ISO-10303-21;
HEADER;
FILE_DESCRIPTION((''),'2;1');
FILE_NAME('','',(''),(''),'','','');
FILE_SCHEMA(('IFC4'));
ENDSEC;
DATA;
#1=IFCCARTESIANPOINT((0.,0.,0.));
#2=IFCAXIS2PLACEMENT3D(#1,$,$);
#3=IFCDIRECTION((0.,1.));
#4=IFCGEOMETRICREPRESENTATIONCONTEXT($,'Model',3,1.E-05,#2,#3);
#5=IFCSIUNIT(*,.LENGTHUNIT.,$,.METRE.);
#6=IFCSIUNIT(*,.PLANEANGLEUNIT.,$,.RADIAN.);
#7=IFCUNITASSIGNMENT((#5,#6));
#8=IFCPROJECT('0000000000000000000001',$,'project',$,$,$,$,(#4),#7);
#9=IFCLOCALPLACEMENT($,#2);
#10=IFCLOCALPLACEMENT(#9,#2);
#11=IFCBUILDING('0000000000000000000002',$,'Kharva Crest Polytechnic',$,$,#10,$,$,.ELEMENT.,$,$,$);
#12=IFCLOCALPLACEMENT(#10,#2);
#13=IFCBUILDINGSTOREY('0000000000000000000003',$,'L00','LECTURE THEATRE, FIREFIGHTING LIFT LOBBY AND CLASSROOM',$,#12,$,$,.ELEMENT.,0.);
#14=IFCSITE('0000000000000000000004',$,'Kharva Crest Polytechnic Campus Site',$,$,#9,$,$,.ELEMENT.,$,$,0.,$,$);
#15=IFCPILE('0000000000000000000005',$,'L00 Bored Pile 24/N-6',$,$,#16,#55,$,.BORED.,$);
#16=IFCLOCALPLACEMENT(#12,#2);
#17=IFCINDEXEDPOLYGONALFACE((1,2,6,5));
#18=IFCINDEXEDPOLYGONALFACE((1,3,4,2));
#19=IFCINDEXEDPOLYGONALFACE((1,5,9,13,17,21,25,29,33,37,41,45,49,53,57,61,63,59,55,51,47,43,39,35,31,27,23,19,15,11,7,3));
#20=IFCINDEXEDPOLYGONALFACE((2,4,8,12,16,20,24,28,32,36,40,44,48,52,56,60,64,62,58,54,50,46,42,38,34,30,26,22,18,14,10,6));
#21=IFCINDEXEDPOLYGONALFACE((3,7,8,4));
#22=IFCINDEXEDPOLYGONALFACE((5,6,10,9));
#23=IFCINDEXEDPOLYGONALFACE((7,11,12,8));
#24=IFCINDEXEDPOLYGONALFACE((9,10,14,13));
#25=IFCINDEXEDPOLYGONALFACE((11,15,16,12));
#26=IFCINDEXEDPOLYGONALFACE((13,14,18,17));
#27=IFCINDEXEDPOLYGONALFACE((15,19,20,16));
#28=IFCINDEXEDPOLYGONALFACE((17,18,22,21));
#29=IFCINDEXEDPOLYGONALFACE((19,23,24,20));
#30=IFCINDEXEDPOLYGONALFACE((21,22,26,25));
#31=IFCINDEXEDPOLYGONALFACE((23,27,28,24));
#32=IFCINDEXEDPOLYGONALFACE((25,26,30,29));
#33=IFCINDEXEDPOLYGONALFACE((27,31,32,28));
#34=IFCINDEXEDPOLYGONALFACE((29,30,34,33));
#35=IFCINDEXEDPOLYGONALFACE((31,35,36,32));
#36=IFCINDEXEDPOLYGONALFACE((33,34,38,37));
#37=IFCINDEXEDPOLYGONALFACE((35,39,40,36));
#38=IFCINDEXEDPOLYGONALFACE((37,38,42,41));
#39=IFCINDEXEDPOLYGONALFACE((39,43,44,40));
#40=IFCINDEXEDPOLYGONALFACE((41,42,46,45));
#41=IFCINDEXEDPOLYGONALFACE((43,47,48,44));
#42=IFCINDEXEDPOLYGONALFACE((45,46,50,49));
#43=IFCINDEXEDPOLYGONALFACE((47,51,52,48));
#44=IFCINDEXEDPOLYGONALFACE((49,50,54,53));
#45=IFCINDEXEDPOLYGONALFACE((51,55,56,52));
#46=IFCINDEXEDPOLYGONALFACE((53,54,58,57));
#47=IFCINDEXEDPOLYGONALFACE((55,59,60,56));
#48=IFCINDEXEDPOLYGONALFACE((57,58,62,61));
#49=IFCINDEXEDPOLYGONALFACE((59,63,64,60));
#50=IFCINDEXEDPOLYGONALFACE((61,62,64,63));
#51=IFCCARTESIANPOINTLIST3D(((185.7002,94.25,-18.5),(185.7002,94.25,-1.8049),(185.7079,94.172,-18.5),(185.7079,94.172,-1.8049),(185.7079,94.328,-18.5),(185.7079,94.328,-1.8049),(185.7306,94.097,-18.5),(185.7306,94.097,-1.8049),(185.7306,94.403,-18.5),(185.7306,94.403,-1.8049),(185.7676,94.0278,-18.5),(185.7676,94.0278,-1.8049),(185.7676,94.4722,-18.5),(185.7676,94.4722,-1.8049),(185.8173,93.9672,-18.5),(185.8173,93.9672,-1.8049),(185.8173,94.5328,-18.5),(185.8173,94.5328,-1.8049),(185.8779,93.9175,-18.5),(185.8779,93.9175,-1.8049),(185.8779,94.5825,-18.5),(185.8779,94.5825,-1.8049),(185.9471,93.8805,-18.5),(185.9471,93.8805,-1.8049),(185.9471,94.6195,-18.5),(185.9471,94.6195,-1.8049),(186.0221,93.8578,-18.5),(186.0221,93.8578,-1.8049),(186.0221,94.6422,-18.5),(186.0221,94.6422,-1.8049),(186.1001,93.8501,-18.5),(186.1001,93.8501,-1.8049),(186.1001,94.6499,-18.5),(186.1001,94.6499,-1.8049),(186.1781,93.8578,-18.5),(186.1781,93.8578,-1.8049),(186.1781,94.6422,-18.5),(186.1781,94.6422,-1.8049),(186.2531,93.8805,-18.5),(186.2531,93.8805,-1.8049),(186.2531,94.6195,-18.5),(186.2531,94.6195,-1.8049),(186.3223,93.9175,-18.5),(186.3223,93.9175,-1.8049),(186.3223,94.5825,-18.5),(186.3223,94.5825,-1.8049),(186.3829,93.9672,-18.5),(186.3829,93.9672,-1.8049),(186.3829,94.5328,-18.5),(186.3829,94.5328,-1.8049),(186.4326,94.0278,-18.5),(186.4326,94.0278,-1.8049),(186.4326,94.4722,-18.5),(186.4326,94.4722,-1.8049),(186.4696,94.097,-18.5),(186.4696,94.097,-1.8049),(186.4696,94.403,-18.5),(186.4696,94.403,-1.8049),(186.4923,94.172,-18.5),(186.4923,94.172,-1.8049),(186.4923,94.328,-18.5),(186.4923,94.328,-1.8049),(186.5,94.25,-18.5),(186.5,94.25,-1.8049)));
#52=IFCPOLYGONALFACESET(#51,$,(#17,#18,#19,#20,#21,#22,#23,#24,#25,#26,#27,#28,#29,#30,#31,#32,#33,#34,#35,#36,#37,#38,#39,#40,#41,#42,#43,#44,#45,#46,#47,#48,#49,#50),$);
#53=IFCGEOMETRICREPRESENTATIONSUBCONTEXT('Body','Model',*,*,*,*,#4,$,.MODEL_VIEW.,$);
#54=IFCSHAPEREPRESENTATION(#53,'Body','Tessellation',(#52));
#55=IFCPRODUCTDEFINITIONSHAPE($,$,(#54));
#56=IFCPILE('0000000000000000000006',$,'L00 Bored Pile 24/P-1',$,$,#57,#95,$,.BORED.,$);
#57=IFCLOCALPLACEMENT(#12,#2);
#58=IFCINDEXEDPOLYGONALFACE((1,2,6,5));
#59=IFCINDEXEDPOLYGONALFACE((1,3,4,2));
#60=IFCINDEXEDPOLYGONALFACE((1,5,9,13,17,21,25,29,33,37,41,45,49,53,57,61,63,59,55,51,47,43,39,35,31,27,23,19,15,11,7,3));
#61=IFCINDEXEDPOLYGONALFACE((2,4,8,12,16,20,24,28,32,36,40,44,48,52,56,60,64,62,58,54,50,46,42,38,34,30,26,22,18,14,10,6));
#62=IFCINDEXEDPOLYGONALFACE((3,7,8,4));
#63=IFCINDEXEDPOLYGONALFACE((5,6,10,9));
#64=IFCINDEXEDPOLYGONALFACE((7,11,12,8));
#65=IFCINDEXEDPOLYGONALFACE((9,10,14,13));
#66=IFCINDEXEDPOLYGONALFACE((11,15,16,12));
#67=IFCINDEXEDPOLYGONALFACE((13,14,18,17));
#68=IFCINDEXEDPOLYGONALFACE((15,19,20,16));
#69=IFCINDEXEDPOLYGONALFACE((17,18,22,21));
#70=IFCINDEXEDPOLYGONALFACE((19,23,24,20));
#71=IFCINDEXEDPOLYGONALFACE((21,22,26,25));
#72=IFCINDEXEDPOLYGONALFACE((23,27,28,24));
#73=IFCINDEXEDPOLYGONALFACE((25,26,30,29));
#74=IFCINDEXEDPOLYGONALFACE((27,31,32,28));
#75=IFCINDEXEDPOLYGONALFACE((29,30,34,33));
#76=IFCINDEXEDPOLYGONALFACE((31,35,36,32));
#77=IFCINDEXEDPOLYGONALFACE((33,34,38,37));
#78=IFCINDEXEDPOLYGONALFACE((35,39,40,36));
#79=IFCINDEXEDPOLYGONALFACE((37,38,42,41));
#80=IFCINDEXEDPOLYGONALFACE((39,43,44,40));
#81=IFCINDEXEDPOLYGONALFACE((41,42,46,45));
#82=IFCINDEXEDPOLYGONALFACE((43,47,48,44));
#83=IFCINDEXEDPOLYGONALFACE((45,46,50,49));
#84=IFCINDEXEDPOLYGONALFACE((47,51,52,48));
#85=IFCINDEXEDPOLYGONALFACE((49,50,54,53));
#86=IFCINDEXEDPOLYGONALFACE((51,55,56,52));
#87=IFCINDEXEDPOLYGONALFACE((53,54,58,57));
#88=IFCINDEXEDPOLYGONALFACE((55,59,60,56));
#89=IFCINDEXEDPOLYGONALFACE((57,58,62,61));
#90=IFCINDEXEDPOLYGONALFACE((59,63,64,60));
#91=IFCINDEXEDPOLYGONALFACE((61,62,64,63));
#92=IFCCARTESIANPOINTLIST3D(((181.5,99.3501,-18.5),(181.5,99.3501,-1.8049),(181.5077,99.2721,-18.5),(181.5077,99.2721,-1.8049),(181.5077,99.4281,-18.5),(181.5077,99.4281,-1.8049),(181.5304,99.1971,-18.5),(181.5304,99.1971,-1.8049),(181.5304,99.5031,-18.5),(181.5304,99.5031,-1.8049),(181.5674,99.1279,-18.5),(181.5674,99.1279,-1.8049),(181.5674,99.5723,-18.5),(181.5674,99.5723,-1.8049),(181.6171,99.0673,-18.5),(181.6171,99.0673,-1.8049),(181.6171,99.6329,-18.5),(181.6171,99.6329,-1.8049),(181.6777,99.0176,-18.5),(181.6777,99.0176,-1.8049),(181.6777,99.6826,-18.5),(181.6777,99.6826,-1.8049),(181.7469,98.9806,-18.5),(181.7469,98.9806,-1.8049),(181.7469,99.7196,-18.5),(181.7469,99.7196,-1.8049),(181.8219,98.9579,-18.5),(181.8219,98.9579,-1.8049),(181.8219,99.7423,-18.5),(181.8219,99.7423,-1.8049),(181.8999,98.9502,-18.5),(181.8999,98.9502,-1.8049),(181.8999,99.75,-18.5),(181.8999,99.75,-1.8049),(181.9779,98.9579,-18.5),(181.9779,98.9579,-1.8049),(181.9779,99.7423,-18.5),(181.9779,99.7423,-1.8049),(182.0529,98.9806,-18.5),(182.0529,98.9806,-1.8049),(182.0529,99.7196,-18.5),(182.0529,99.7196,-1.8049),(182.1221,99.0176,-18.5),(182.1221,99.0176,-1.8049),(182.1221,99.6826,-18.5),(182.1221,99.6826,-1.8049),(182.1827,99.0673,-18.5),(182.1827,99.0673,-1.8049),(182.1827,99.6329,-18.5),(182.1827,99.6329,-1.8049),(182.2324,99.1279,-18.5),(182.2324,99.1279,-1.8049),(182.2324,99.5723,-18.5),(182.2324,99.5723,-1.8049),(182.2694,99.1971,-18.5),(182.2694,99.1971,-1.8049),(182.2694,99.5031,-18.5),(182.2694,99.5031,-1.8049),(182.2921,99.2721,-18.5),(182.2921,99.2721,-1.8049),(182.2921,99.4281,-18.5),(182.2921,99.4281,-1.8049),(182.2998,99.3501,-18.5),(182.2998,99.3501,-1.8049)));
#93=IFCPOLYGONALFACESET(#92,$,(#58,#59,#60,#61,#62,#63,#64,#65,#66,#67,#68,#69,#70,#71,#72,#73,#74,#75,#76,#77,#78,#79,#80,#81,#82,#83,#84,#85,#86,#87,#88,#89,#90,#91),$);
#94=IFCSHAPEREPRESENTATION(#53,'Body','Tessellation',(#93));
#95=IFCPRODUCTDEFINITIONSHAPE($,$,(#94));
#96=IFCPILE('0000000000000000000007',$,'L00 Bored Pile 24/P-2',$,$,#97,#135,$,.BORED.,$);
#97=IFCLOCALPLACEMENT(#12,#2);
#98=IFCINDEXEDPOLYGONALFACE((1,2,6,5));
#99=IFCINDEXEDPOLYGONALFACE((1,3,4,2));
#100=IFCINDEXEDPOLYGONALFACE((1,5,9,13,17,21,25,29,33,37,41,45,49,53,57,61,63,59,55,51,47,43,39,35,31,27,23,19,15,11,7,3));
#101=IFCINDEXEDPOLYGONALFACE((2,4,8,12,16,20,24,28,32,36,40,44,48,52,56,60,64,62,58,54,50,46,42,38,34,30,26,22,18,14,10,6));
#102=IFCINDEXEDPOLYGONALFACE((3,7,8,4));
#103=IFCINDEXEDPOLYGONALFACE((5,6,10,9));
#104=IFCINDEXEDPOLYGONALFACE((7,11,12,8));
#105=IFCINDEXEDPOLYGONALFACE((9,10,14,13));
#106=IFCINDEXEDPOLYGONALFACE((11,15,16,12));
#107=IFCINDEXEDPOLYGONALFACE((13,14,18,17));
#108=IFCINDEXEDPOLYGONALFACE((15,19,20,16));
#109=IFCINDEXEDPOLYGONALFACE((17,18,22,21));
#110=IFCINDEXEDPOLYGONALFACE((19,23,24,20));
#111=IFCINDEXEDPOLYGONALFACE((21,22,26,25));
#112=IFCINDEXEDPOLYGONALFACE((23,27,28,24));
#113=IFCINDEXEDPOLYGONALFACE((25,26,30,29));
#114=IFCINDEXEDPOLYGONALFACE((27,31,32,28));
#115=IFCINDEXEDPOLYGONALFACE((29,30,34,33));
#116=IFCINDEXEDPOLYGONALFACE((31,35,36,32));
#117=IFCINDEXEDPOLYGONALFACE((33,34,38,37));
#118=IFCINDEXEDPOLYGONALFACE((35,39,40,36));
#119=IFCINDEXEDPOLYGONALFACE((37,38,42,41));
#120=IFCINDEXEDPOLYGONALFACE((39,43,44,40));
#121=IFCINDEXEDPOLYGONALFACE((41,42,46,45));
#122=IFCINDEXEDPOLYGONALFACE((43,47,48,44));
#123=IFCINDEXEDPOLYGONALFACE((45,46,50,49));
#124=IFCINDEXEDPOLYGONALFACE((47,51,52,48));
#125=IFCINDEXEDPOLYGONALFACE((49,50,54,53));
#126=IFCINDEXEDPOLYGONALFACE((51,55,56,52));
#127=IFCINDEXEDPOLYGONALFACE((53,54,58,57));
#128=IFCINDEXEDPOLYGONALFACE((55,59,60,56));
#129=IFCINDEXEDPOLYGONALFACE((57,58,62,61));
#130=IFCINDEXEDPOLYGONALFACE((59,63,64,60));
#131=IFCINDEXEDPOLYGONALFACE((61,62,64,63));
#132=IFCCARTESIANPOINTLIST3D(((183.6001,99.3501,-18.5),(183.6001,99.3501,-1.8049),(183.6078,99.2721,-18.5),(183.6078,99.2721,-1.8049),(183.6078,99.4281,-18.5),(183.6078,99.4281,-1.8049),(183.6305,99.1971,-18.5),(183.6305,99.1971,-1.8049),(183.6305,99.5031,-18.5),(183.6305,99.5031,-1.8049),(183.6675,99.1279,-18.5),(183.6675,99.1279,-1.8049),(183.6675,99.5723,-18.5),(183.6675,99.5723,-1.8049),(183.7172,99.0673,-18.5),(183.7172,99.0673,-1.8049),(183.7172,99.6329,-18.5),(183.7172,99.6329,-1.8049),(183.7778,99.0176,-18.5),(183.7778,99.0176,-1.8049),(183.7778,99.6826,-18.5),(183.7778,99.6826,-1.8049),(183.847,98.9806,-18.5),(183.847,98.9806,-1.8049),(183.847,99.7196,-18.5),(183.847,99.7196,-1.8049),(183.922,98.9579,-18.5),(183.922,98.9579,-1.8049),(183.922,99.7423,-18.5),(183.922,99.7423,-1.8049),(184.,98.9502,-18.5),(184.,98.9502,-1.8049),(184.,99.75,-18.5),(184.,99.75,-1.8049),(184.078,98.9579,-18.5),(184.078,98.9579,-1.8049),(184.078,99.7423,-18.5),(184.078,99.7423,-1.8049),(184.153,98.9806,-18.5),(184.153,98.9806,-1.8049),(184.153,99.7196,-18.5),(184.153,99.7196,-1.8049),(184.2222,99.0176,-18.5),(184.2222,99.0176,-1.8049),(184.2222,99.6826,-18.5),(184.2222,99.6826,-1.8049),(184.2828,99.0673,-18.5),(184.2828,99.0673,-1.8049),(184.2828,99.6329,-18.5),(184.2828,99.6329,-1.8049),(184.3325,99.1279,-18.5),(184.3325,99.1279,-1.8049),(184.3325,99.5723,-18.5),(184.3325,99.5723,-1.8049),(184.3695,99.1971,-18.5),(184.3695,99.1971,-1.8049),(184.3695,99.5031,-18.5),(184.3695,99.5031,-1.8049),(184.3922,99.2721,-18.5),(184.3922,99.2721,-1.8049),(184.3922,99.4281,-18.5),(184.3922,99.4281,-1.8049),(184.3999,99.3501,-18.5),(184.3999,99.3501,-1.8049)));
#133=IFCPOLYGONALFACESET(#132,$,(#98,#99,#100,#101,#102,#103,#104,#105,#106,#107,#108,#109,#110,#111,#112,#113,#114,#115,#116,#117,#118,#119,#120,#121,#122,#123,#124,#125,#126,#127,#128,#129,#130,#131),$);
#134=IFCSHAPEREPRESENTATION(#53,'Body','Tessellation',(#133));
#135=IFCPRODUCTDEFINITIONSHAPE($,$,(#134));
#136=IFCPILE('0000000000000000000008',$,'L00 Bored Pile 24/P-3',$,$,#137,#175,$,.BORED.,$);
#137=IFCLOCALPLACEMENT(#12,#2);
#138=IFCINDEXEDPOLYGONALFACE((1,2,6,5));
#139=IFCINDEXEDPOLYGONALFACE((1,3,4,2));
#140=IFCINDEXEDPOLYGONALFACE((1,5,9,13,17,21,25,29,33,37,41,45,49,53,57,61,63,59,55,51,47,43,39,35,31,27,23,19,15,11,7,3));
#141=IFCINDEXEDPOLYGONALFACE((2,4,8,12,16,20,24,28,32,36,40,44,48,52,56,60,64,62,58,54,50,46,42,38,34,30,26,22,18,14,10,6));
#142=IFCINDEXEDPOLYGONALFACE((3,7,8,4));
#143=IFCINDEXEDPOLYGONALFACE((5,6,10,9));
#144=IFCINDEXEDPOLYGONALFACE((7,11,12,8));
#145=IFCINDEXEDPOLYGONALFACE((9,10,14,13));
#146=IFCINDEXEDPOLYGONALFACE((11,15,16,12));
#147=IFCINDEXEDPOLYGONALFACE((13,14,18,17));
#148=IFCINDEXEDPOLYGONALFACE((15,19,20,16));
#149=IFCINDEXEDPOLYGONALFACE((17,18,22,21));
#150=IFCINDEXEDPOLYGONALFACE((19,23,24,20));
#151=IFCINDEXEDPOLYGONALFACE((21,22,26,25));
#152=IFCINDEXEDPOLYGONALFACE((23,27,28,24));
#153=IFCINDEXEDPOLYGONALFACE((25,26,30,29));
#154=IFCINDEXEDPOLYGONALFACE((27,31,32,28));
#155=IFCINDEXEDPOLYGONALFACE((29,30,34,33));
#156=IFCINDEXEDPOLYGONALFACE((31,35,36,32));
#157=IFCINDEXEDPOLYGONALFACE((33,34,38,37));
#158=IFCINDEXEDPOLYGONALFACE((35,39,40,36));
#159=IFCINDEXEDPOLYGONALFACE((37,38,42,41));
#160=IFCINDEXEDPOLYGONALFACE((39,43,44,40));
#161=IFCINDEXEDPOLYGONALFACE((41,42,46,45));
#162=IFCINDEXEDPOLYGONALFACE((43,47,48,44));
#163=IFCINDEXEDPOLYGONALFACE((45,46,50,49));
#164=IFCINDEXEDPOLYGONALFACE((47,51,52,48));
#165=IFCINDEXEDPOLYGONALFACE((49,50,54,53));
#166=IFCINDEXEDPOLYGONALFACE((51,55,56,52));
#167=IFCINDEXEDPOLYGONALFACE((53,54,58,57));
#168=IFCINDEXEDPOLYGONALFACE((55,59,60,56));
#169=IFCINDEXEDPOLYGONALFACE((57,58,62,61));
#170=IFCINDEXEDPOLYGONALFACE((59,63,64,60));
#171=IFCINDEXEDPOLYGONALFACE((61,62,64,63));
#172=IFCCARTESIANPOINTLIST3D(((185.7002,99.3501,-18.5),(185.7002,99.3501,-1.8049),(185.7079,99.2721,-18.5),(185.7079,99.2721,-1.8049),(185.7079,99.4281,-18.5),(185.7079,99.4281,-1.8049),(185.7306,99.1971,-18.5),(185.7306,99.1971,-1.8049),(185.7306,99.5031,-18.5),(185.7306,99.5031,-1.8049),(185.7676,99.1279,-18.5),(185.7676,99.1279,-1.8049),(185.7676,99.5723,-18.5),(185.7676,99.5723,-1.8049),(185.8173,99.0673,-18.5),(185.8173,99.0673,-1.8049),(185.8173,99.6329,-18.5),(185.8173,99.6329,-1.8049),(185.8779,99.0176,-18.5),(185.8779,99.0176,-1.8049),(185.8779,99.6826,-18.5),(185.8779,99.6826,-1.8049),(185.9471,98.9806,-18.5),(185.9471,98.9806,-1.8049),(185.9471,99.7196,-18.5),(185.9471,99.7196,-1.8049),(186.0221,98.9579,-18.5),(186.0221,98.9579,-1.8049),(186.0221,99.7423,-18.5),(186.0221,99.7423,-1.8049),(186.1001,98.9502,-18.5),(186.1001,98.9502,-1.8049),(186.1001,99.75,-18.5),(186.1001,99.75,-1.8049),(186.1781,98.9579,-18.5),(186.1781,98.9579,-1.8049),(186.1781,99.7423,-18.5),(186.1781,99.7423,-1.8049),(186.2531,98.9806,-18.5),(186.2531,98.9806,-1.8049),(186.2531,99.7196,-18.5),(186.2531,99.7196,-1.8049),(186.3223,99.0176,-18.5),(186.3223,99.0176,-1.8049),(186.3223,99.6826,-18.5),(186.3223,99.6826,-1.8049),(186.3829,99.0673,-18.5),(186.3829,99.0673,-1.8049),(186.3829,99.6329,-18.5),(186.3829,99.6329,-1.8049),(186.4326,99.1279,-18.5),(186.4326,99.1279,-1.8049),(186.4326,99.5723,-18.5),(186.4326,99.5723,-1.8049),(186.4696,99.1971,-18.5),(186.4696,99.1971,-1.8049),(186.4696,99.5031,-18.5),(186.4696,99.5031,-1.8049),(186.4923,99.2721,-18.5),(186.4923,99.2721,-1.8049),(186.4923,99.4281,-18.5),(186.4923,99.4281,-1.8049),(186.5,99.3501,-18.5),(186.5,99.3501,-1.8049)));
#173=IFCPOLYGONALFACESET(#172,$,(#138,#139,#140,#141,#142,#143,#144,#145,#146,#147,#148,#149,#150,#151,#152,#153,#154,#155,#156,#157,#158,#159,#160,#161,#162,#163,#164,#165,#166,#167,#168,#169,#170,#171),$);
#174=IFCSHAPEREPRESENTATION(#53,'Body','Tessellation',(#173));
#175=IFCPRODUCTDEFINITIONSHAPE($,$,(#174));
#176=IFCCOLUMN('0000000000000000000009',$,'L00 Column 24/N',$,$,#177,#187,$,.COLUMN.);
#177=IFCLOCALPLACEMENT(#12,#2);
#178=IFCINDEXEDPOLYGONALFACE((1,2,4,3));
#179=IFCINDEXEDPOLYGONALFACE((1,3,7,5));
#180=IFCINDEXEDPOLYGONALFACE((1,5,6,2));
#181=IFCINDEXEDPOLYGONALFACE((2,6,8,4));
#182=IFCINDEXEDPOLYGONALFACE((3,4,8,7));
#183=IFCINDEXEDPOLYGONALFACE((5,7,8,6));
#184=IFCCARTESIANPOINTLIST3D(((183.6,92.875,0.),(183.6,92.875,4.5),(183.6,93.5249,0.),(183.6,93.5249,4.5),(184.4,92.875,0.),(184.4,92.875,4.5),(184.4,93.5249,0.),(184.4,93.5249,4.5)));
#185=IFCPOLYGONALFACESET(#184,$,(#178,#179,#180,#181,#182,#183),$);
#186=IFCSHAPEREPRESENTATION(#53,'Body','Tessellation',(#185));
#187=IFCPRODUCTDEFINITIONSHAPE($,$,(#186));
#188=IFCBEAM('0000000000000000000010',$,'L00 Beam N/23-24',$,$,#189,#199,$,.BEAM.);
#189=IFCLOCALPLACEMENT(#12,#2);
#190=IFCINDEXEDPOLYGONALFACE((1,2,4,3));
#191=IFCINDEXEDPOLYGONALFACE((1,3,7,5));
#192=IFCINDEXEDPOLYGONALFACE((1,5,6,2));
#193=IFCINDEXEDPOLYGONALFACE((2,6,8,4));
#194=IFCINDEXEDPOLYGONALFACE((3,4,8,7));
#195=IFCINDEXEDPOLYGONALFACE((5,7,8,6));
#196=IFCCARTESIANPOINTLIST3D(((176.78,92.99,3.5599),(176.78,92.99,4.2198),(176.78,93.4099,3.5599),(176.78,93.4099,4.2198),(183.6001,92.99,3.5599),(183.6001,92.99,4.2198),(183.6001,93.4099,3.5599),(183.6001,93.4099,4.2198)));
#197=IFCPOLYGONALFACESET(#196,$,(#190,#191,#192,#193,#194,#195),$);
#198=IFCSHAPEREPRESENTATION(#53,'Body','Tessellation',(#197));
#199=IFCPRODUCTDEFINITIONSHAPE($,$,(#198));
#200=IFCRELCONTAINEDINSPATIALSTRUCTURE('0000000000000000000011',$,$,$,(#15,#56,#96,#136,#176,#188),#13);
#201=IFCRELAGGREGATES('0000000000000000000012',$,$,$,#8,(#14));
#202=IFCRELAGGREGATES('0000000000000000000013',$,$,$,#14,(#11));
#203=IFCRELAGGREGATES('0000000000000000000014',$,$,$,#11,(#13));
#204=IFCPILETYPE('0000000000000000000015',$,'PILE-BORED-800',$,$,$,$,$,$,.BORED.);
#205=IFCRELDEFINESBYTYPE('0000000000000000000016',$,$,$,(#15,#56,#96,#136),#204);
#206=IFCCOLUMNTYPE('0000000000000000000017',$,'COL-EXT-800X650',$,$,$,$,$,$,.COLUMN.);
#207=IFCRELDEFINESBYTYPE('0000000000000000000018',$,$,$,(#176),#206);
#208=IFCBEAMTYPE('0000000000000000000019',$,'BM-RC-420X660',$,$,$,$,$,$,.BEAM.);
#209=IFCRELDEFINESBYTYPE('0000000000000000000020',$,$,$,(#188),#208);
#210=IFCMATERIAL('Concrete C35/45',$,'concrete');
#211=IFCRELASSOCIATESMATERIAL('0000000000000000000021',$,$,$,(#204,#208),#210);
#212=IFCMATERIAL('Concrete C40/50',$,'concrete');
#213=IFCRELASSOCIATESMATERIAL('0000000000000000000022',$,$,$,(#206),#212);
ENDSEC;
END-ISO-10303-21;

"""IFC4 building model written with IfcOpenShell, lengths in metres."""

from ifc_helpers import new_model, si_unit, direction, frame, origin, origin_2d, place, context, subcontext, project, spatial, rectangle, circle, extrude, material, material_profile, profile_set, type_object, element, save


model = new_model("IFC4")

# Units and contexts
model_context = context("Model", 3, precision=1e-05, world=origin(), true_north=direction((0.0, 1.0)))
body_context = subcontext(model_context, "Body", "Model", "MODEL_VIEW")
ifc_project = project(units=[si_unit("LENGTHUNIT", "METRE"), si_unit("PLANEANGLEUNIT", "RADIAN")], contexts=[model_context])

# Site, building, storey
site_placement = place(None, origin())
site = spatial("IfcSite", under=ifc_project, at=site_placement, Name="Kharva Crest Polytechnic Campus Site", CompositionType="ELEMENT", RefElevation=0.0)
building_placement = place(site_placement, origin())
building = spatial("IfcBuilding", under=site, at=building_placement, Name="Kharva Crest Polytechnic", CompositionType="ELEMENT")
storey_placement = place(building_placement, origin())
storey = spatial("IfcBuildingStorey", under=building, at=storey_placement, Name="L00", Description="LECTURE THEATRE, FIREFIGHTING LIFT LOBBY AND CLASSROOM", CompositionType="ELEMENT", Elevation=0.0)

# Shared definitions
ifc_material_1 = material(Name="Concrete C35/45", Category="concrete")

# Piles
ifc_material_profile_1 = material_profile(ifc_material_1, circle(Radius=0.3999, at=origin_2d()), Name="DIA 800")
ifc_profile_set_1 = profile_set([ifc_material_profile_1], Name="Concrete C35/45")
pile_type = type_object("IfcPileType", Name="PILE-BORED-800", PredefinedType="BORED", material=ifc_profile_set_1)
for number, where, z_axis, x_axis, name in (
    (1, (186.1001, 94.25, -1.8049), (0.0, 0.0, -1.0), (1.0, 0.0, 0.0), "L00 Bored Pile 24/N-6"),
    (2, (181.8999, 99.3501, -1.8049), (0.0, 0.0, -1.0), (1.0, 0.0, 0.0), "L00 Bored Pile 24/P-1"),
    (3, (184.0, 99.3501, -1.8049), (0.0, 0.0, -1.0), (1.0, 0.0, 0.0), "L00 Bored Pile 24/P-2"),
    (4, (186.1001, 99.3501, -1.8049), (0.0, 0.0, -1.0), (1.0, 0.0, 0.0), "L00 Bored Pile 24/P-3"),
):
    element("IfcPile", number, at=place(storey_placement, frame(where, z_axis=z_axis, x_axis=x_axis)), inside=storey, type_object=pile_type, Name=name, PredefinedType="BORED", context=body_context, shape_type="SweptSolid", body=[
        extrude(circle(Radius=0.3999, at=origin_2d()), origin(), (0.0, 0.0, 1.0), 16.6951),
    ])

# Column
ifc_material_2 = material(Name="Concrete C40/50", Category="concrete")
ifc_material_profile_2 = material_profile(ifc_material_2, rectangle(XDim=0.8, YDim=0.6499, at=origin_2d()), Name="RECT 800 X 650")
ifc_profile_set_2 = profile_set([ifc_material_profile_2], Name="Concrete C40/50")
column_type = type_object("IfcColumnType", Name="COL-EXT-800X650", PredefinedType="COLUMN", material=ifc_profile_set_2)
column_placement = place(storey_placement, frame((184.0, 93.2, 0.0), z_axis=(0.0, 0.0, 1.0), x_axis=(1.0, 0.0, 0.0)))
element("IfcColumn", 5, at=column_placement, inside=storey, type_object=column_type, Name="L00 Column 24/N", PredefinedType="COLUMN", context=body_context, shape_type="SweptSolid", body=[
    extrude(rectangle(XDim=0.8, YDim=0.6499, at=origin_2d()), origin(), (0.0, 0.0, 1.0), 4.5),
])

# Beam
ifc_material_profile_3 = material_profile(ifc_material_1, rectangle(XDim=0.4199, YDim=0.6599, at=origin_2d()), Name="RECT 420 X 660")
ifc_profile_set_3 = profile_set([ifc_material_profile_3], Name="Concrete C35/45")
beam_type_1 = type_object("IfcBeamType", Name="BM-RC-420X660", PredefinedType="BEAM", material=ifc_profile_set_3)
beam_1_placement = place(storey_placement, frame((176.78, 93.2, 3.8899), z_axis=(1.0, 0.0, 0.0), x_axis=(0.0, 1.0, 0.0)))
element("IfcBeam", 6, at=beam_1_placement, inside=storey, type_object=beam_type_1, Name="L00 Beam N/23-24", PredefinedType="BEAM", context=body_context, shape_type="SweptSolid", body=[
    extrude(rectangle(XDim=0.4199, YDim=0.6599, at=origin_2d()), origin(), (0.0, 0.0, 1.0), 6.8201),
])

save(model, "model.ifc")
